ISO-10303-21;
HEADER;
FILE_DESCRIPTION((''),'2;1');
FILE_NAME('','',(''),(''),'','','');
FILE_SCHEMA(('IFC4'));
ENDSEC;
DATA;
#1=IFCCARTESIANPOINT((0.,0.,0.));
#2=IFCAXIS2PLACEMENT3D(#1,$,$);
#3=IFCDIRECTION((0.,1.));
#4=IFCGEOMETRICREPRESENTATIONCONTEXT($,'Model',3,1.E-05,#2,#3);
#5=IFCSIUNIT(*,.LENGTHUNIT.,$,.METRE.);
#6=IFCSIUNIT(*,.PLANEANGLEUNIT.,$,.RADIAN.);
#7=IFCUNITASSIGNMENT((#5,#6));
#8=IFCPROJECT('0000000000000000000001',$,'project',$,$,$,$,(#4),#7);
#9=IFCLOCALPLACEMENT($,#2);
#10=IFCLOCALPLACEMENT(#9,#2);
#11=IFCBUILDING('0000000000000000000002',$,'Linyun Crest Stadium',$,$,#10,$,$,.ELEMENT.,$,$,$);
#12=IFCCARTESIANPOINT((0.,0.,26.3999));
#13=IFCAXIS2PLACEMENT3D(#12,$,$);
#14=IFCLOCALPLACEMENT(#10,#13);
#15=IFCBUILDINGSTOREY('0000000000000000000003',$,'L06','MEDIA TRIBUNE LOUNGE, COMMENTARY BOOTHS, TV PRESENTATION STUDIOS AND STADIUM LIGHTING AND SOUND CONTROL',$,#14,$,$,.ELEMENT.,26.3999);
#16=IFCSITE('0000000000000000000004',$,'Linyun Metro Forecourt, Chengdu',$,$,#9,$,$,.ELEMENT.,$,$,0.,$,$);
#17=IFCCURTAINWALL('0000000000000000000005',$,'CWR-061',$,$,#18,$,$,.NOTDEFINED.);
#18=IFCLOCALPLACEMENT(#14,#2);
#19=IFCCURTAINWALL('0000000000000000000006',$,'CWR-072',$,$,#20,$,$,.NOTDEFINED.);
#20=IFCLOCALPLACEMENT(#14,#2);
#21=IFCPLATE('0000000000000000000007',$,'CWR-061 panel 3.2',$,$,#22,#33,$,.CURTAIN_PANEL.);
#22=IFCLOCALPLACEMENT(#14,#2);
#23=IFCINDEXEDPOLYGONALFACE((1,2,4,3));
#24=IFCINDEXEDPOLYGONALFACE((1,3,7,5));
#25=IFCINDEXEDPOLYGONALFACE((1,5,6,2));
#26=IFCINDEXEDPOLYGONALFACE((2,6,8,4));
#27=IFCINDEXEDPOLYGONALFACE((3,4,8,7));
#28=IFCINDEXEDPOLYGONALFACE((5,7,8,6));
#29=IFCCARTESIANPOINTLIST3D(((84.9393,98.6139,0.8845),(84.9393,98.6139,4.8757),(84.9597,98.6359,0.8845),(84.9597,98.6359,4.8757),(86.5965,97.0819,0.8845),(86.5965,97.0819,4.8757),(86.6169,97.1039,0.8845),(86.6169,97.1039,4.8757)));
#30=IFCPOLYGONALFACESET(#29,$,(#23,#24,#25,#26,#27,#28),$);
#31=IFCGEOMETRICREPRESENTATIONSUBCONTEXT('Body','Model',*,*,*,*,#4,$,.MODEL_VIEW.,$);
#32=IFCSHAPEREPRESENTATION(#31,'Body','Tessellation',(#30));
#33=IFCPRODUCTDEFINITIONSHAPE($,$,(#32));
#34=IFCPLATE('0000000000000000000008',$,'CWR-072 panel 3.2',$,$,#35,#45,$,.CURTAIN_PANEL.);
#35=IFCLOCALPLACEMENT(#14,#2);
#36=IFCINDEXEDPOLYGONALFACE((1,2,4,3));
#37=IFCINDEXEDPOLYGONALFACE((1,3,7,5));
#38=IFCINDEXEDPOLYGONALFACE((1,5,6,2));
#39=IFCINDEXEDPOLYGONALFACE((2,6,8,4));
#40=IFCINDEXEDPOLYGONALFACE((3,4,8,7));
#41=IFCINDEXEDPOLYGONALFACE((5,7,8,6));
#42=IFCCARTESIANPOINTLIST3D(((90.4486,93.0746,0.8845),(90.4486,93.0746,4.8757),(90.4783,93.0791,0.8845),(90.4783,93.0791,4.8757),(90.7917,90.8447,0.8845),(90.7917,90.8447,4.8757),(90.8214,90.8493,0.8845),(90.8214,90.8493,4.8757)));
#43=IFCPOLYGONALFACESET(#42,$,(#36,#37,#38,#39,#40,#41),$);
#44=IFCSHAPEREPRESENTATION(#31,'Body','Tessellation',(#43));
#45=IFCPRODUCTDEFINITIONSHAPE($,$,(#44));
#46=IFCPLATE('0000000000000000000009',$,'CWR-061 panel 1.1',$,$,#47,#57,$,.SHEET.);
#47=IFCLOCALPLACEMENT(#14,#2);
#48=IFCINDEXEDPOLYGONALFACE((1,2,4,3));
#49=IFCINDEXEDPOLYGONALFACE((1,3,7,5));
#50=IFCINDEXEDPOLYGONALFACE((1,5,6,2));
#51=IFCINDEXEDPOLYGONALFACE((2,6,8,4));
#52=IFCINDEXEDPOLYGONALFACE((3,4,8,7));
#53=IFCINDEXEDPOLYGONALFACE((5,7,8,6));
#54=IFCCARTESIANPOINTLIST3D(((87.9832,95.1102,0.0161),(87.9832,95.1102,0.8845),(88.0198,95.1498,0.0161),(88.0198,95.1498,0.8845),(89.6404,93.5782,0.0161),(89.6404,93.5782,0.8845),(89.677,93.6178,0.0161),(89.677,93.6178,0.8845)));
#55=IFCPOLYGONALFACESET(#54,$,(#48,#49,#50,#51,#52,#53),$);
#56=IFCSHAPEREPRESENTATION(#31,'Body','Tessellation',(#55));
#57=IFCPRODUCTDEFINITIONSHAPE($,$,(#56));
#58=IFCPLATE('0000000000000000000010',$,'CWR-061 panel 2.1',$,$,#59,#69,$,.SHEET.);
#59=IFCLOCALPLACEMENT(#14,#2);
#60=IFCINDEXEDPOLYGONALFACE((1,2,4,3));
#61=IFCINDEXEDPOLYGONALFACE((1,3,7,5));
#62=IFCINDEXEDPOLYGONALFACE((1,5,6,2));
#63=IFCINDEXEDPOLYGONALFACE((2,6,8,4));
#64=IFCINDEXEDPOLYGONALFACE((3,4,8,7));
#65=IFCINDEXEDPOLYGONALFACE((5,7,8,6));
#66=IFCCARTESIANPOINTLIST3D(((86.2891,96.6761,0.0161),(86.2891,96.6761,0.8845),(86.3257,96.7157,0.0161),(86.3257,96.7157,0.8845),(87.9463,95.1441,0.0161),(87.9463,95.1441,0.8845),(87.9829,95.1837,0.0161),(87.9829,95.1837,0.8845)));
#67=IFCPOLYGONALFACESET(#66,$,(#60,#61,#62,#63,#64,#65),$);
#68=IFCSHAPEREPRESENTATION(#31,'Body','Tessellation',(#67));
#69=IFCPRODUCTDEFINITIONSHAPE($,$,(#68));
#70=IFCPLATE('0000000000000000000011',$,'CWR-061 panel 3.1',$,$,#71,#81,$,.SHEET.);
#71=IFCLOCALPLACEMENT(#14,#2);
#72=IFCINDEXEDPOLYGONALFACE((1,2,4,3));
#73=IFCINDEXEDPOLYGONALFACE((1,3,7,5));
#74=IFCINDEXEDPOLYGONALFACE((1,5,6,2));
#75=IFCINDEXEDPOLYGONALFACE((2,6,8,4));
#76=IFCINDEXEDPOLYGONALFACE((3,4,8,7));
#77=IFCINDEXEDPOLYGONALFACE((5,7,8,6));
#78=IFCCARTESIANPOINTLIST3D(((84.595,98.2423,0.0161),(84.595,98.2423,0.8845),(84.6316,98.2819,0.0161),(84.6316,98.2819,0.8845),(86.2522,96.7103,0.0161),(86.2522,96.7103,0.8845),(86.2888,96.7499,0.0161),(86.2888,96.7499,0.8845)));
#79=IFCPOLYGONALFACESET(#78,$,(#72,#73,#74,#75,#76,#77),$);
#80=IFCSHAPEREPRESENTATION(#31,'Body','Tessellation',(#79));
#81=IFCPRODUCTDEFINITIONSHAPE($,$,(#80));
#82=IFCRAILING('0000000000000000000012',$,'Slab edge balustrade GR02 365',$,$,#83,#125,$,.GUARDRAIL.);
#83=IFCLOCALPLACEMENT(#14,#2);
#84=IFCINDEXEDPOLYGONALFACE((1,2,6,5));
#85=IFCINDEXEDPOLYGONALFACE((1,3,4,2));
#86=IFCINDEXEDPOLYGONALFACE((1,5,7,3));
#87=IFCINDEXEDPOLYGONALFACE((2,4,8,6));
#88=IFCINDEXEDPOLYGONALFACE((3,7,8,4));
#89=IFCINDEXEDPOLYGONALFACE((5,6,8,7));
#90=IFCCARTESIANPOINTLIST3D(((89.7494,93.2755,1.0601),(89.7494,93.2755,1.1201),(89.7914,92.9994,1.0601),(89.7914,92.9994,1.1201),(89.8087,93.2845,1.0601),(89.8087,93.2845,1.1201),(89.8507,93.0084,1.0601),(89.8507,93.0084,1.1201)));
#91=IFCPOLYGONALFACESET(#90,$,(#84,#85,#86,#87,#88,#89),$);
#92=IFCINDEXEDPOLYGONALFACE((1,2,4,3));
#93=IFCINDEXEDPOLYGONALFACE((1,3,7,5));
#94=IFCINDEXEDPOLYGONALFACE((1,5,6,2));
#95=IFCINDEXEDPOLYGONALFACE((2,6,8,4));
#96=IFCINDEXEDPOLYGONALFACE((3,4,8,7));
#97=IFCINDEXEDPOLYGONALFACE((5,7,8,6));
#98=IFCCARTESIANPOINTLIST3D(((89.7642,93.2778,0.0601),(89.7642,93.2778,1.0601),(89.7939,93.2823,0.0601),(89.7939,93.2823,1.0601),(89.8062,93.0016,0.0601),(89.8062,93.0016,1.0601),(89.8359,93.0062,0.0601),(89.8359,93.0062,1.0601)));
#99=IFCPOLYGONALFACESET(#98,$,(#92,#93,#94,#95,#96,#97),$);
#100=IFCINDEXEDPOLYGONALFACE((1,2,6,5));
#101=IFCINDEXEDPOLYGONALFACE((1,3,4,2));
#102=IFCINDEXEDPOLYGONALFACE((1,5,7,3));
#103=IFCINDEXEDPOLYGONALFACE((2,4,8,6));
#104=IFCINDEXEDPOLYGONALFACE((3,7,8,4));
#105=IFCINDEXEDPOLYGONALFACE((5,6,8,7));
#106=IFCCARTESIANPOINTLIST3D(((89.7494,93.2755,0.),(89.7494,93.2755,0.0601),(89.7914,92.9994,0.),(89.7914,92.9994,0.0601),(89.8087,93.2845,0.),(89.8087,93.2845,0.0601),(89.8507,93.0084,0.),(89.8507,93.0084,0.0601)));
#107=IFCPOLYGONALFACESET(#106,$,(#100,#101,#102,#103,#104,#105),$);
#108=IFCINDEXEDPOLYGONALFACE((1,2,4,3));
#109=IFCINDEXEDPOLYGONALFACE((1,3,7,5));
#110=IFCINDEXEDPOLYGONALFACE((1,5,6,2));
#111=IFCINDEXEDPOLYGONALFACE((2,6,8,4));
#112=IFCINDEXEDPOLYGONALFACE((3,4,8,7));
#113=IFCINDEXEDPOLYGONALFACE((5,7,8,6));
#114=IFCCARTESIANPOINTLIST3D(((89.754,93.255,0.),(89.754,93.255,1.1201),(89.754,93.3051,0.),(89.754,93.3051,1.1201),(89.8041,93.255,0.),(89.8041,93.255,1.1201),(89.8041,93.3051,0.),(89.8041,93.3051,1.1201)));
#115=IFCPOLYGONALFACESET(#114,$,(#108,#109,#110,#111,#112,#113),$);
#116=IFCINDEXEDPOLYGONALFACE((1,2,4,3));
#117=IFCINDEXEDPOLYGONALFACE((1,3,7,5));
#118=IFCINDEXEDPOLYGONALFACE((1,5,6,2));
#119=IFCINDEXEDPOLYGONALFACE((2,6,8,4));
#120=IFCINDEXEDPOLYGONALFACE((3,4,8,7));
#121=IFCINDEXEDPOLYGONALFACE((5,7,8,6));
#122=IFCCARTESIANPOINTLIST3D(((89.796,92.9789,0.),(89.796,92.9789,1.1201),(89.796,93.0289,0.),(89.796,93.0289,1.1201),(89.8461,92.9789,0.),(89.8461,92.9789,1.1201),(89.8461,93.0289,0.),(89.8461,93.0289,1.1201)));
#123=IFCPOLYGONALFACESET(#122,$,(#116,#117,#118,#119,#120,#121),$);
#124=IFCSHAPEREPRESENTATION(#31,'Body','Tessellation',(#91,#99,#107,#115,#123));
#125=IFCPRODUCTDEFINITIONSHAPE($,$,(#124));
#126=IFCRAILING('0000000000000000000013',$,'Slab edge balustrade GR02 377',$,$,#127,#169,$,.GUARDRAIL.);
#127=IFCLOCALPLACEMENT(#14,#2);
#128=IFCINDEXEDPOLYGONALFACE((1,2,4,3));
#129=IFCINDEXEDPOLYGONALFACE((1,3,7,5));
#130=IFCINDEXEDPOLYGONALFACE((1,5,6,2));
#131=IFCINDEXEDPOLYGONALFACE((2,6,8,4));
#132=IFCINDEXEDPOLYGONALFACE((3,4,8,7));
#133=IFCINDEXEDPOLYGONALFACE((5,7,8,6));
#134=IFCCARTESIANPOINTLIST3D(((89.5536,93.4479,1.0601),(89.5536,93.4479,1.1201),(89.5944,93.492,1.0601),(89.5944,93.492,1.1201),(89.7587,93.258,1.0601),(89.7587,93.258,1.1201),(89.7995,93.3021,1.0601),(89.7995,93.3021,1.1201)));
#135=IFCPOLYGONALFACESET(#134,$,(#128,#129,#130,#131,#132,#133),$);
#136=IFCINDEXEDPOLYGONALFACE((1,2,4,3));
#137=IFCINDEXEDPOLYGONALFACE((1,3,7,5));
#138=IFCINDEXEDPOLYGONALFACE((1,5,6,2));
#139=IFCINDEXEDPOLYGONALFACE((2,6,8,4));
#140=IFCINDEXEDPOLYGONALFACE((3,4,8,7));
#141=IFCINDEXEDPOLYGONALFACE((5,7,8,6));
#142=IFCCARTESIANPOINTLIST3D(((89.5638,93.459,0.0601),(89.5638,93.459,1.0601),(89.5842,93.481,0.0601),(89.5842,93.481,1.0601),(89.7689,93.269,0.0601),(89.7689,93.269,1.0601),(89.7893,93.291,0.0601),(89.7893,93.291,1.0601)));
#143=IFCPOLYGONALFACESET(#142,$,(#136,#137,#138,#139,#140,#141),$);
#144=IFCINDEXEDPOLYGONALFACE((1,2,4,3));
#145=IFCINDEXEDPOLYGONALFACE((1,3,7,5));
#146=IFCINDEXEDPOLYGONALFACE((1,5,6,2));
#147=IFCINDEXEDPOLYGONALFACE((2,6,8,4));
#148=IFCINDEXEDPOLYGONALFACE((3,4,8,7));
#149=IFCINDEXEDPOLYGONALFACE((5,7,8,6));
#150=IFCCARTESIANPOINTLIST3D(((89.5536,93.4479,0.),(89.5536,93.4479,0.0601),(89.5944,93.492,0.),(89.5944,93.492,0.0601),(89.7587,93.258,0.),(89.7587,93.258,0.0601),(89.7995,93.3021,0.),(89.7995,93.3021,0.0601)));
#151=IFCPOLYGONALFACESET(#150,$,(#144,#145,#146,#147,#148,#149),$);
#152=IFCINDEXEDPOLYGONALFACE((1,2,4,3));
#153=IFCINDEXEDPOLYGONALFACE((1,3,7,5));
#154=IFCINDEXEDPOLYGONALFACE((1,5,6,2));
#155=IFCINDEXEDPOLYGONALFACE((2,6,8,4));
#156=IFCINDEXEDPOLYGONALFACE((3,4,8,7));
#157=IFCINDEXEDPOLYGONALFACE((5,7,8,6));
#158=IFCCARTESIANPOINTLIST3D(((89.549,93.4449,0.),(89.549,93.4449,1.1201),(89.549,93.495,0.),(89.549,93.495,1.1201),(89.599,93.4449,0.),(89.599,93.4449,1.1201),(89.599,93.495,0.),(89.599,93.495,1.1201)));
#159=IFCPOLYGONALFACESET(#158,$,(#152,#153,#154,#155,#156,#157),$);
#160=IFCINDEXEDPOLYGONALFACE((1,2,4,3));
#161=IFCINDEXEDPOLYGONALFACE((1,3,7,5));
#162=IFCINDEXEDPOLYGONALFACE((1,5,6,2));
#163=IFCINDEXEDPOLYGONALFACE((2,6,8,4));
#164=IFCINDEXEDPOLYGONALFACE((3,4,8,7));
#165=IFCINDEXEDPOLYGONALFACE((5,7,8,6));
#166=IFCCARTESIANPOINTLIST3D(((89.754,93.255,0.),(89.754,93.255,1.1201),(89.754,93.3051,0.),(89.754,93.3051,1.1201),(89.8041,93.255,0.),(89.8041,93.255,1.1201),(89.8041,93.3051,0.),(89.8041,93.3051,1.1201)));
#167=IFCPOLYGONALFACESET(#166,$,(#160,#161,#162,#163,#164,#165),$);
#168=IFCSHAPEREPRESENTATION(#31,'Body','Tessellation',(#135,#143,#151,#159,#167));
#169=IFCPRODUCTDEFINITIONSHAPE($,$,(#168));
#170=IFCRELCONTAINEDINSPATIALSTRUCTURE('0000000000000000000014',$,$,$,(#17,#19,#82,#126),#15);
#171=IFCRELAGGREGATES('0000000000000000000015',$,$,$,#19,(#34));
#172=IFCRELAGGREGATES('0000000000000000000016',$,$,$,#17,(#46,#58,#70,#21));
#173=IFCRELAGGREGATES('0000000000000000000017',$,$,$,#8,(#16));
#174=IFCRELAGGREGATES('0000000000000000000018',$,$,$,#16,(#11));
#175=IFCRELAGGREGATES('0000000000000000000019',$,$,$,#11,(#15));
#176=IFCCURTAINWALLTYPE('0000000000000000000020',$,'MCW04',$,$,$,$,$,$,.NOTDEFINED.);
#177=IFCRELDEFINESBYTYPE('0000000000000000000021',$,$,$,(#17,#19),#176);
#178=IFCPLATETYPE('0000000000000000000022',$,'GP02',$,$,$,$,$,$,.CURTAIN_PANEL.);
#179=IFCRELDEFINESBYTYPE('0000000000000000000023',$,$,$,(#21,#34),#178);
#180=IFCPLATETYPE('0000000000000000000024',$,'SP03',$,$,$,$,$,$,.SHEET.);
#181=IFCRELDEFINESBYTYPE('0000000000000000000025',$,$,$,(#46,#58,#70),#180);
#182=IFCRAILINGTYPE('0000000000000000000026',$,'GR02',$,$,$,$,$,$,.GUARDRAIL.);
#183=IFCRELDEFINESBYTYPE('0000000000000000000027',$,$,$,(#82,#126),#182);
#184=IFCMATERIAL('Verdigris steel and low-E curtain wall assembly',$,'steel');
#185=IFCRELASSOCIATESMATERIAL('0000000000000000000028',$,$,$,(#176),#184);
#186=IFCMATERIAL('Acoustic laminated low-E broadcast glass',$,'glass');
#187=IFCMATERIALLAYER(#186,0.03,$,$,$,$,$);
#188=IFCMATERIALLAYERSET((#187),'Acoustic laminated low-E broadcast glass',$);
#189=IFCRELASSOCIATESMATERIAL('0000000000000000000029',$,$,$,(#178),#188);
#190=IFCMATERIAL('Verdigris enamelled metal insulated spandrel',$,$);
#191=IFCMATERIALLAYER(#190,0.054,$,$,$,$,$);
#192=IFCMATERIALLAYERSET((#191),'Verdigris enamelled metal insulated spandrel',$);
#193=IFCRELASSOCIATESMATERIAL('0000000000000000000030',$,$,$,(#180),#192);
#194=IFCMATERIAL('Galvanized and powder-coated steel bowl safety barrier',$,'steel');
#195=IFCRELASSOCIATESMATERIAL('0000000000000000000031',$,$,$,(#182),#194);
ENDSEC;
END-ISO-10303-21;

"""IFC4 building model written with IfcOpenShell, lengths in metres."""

from ifc_helpers import new_model, si_unit, direction, frame, origin, origin_2d, place, context, subcontext, project, spatial, rectangle, extrude, material, layer, layer_set, type_object, element, aggregate, save


model = new_model("IFC4")

# Units and contexts
model_context = context("Model", 3, precision=1e-05, world=origin(), true_north=direction((0.0, 1.0)))
body_context = subcontext(model_context, "Body", "Model", "MODEL_VIEW")
ifc_project = project(units=[si_unit("LENGTHUNIT", "METRE"), si_unit("PLANEANGLEUNIT", "RADIAN")], contexts=[model_context])

# Site, building, storey
site_placement = place(None, origin())
site = spatial("IfcSite", under=ifc_project, at=site_placement, Name="Linyun Metro Forecourt, Chengdu", CompositionType="ELEMENT", RefElevation=0.0)
building_placement = place(site_placement, origin())
building = spatial("IfcBuilding", under=site, at=building_placement, Name="Linyun Crest Stadium", CompositionType="ELEMENT")
storey_placement = place(building_placement, frame((0.0, 0.0, 26.3999)))
storey = spatial("IfcBuildingStorey", under=building, at=storey_placement, Name="L06", Description="MEDIA TRIBUNE LOUNGE, COMMENTARY BOOTHS, TV PRESENTATION STUDIOS AND STADIUM LIGHTING AND SOUND CONTROL", CompositionType="ELEMENT", Elevation=26.3999)

# Curtain wall
ifc_material_1 = material(Name="Verdigris steel and low-E curtain wall assembly", Category="steel")
curtain_wall_type = type_object("IfcCurtainWallType", Name="MCW04", PredefinedType="NOTDEFINED", material=ifc_material_1)
curtain_wall_1_placement = place(storey_placement, origin())
curtain_wall_1 = element("IfcCurtainWall", 1, at=curtain_wall_1_placement, inside=storey, type_object=curtain_wall_type, Name="CWR-061", PredefinedType="NOTDEFINED")

# Curtain wall
curtain_wall_2_placement = place(storey_placement, origin())
curtain_wall_2 = element("IfcCurtainWall", 2, at=curtain_wall_2_placement, inside=storey, type_object=curtain_wall_type, Name="CWR-072", PredefinedType="NOTDEFINED")

# Plates
ifc_material_2 = material(Name="Acoustic laminated low-E broadcast glass", Category="glass")
ifc_layer_1 = layer(ifc_material_2, 0.03)
ifc_layer_set_1 = layer_set([ifc_layer_1], Name="Acoustic laminated low-E broadcast glass")
plate_type_1 = type_object("IfcPlateType", Name="GP02", PredefinedType="CURTAIN_PANEL", material=ifc_layer_set_1)
plate_1_placement = place(storey_placement, frame((85.7781, 97.8589, 0.8845), z_axis=(0.0, 0.0, 1.0), x_axis=(-0.734299, 0.678826, 0.0)))
plate_1 = element("IfcPlate", 3, at=plate_1_placement, type_object=plate_type_1, Name="CWR-061 panel 3.2", PredefinedType="CURTAIN_PANEL", context=body_context, shape_type="SweptSolid", body=[
    extrude(rectangle(XDim=2.2568, YDim=0.03, at=origin_2d()), origin(), (0.0, 0.0, 1.0), 3.9912),
])
plate_2_placement = place(storey_placement, frame((90.635, 91.9619, 0.8845), z_axis=(0.0, 0.0, 1.0), x_axis=(-0.152054, 0.988372, 0.0)))
plate_2 = element("IfcPlate", 4, at=plate_2_placement, type_object=plate_type_1, Name="CWR-072 panel 3.2", PredefinedType="CURTAIN_PANEL", context=body_context, shape_type="SweptSolid", body=[
    extrude(rectangle(XDim=2.2561, YDim=0.03, at=origin_2d()), origin(), (0.0, 0.0, 1.0), 3.9912),
])
aggregate(curtain_wall_2, [plate_2])
ifc_material_3 = material(Name="Verdigris enamelled metal insulated spandrel")
ifc_layer_2 = layer(ifc_material_3, 0.054)
ifc_layer_set_2 = layer_set([ifc_layer_2], Name="Verdigris enamelled metal insulated spandrel")
plate_type_2 = type_object("IfcPlateType", Name="SP03", PredefinedType="SHEET", material=ifc_layer_set_2)
plate_3_placement = place(storey_placement, frame((88.8301, 94.364, 0.0161), z_axis=(0.0, 0.0, 1.0), x_axis=(-0.734299, 0.678826, 0.0)))
plate_3 = element("IfcPlate", 5, at=plate_3_placement, type_object=plate_type_2, Name="CWR-061 panel 1.1", PredefinedType="SHEET", context=body_context, shape_type="SweptSolid", body=[
    extrude(rectangle(XDim=2.2568, YDim=0.054, at=origin_2d()), origin(), (0.0, 0.0, 1.0), 0.8684),
])
plate_4_placement = place(storey_placement, frame((87.136, 95.9299, 0.0161), z_axis=(0.0, 0.0, 1.0), x_axis=(-0.734299, 0.678826, 0.0)))
plate_4 = element("IfcPlate", 6, at=plate_4_placement, type_object=plate_type_2, Name="CWR-061 panel 2.1", PredefinedType="SHEET", context=body_context, shape_type="SweptSolid", body=[
    extrude(rectangle(XDim=2.2568, YDim=0.054, at=origin_2d()), origin(), (0.0, 0.0, 1.0), 0.8684),
])
plate_5_placement = place(storey_placement, frame((85.4419, 97.4961, 0.0161), z_axis=(0.0, 0.0, 1.0), x_axis=(-0.734299, 0.678826, 0.0)))
plate_5 = element("IfcPlate", 7, at=plate_5_placement, type_object=plate_type_2, Name="CWR-061 panel 3.1", PredefinedType="SHEET", context=body_context, shape_type="SweptSolid", body=[
    extrude(rectangle(XDim=2.2568, YDim=0.054, at=origin_2d()), origin(), (0.0, 0.0, 1.0), 0.8684),
])
aggregate(curtain_wall_1, [plate_3, plate_4, plate_5, plate_1])

# Railings
ifc_material_4 = material(Name="Galvanized and powder-coated steel bowl safety barrier", Category="steel")
railing_type = type_object("IfcRailingType", Name="GR02", PredefinedType="GUARDRAIL", material=ifc_material_4)
railing_1_placement = place(storey_placement, frame((89.7791, 93.28, 0.0)))
element("IfcRailing", 8, at=railing_1_placement, inside=storey, type_object=railing_type, Name="Slab edge balustrade GR02 365", PredefinedType="GUARDRAIL", context=body_context, shape_type="SweptSolid", body=[
    extrude(rectangle(XDim=0.0601, YDim=0.0601, at=origin_2d()), frame((0.0, 0.0, 1.0901), z_axis=(0.150349, -0.988633, 0.0), x_axis=(0.988633, 0.150349, 0.0)), (0.0, 0.0, 1.0), 0.2793),
    extrude(rectangle(XDim=0.03, YDim=1.0, at=origin_2d()), frame((0.0, 0.0, 0.5601), z_axis=(0.150349, -0.988633, 0.0), x_axis=(0.988633, 0.150349, 0.0)), (0.0, 0.0, 1.0), 0.2793),
    extrude(rectangle(XDim=0.0601, YDim=0.0601, at=origin_2d()), frame((0.0, 0.0, 0.03), z_axis=(0.150349, -0.988633, 0.0), x_axis=(0.988633, 0.150349, 0.0)), (0.0, 0.0, 1.0), 0.2793),
    extrude(rectangle(XDim=0.05, YDim=0.05, at=origin_2d()), origin(), (0.0, 0.0, 1.0), 1.1201),
    extrude(rectangle(XDim=0.05, YDim=0.05, at=origin_2d()), frame((0.042, -0.2761, 0.0)), (0.0, 0.0, 1.0), 1.1201),
])
railing_2_placement = place(storey_placement, frame((89.574, 93.47, 0.0)))
element("IfcRailing", 9, at=railing_2_placement, inside=storey, type_object=railing_type, Name="Slab edge balustrade GR02 377", PredefinedType="GUARDRAIL", context=body_context, shape_type="SweptSolid", body=[
    extrude(rectangle(XDim=0.0601, YDim=0.0601, at=origin_2d()), frame((0.0, 0.0, 1.0901), z_axis=(0.733664, -0.679513, 0.0), x_axis=(0.679513, 0.733664, 0.0)), (0.0, 0.0, 1.0), 0.2795),
    extrude(rectangle(XDim=0.03, YDim=1.0, at=origin_2d()), frame((0.0, 0.0, 0.5601), z_axis=(0.733664, -0.679513, 0.0), x_axis=(0.679513, 0.733664, 0.0)), (0.0, 0.0, 1.0), 0.2795),
    extrude(rectangle(XDim=0.0601, YDim=0.0601, at=origin_2d()), frame((0.0, 0.0, 0.03), z_axis=(0.733664, -0.679513, 0.0), x_axis=(0.679513, 0.733664, 0.0)), (0.0, 0.0, 1.0), 0.2795),
    extrude(rectangle(XDim=0.05, YDim=0.05, at=origin_2d()), origin(), (0.0, 0.0, 1.0), 1.1201),
    extrude(rectangle(XDim=0.05, YDim=0.05, at=origin_2d()), frame((0.2051, -0.1899, 0.0)), (0.0, 0.0, 1.0), 1.1201),
])

save(model, "model.ifc")
